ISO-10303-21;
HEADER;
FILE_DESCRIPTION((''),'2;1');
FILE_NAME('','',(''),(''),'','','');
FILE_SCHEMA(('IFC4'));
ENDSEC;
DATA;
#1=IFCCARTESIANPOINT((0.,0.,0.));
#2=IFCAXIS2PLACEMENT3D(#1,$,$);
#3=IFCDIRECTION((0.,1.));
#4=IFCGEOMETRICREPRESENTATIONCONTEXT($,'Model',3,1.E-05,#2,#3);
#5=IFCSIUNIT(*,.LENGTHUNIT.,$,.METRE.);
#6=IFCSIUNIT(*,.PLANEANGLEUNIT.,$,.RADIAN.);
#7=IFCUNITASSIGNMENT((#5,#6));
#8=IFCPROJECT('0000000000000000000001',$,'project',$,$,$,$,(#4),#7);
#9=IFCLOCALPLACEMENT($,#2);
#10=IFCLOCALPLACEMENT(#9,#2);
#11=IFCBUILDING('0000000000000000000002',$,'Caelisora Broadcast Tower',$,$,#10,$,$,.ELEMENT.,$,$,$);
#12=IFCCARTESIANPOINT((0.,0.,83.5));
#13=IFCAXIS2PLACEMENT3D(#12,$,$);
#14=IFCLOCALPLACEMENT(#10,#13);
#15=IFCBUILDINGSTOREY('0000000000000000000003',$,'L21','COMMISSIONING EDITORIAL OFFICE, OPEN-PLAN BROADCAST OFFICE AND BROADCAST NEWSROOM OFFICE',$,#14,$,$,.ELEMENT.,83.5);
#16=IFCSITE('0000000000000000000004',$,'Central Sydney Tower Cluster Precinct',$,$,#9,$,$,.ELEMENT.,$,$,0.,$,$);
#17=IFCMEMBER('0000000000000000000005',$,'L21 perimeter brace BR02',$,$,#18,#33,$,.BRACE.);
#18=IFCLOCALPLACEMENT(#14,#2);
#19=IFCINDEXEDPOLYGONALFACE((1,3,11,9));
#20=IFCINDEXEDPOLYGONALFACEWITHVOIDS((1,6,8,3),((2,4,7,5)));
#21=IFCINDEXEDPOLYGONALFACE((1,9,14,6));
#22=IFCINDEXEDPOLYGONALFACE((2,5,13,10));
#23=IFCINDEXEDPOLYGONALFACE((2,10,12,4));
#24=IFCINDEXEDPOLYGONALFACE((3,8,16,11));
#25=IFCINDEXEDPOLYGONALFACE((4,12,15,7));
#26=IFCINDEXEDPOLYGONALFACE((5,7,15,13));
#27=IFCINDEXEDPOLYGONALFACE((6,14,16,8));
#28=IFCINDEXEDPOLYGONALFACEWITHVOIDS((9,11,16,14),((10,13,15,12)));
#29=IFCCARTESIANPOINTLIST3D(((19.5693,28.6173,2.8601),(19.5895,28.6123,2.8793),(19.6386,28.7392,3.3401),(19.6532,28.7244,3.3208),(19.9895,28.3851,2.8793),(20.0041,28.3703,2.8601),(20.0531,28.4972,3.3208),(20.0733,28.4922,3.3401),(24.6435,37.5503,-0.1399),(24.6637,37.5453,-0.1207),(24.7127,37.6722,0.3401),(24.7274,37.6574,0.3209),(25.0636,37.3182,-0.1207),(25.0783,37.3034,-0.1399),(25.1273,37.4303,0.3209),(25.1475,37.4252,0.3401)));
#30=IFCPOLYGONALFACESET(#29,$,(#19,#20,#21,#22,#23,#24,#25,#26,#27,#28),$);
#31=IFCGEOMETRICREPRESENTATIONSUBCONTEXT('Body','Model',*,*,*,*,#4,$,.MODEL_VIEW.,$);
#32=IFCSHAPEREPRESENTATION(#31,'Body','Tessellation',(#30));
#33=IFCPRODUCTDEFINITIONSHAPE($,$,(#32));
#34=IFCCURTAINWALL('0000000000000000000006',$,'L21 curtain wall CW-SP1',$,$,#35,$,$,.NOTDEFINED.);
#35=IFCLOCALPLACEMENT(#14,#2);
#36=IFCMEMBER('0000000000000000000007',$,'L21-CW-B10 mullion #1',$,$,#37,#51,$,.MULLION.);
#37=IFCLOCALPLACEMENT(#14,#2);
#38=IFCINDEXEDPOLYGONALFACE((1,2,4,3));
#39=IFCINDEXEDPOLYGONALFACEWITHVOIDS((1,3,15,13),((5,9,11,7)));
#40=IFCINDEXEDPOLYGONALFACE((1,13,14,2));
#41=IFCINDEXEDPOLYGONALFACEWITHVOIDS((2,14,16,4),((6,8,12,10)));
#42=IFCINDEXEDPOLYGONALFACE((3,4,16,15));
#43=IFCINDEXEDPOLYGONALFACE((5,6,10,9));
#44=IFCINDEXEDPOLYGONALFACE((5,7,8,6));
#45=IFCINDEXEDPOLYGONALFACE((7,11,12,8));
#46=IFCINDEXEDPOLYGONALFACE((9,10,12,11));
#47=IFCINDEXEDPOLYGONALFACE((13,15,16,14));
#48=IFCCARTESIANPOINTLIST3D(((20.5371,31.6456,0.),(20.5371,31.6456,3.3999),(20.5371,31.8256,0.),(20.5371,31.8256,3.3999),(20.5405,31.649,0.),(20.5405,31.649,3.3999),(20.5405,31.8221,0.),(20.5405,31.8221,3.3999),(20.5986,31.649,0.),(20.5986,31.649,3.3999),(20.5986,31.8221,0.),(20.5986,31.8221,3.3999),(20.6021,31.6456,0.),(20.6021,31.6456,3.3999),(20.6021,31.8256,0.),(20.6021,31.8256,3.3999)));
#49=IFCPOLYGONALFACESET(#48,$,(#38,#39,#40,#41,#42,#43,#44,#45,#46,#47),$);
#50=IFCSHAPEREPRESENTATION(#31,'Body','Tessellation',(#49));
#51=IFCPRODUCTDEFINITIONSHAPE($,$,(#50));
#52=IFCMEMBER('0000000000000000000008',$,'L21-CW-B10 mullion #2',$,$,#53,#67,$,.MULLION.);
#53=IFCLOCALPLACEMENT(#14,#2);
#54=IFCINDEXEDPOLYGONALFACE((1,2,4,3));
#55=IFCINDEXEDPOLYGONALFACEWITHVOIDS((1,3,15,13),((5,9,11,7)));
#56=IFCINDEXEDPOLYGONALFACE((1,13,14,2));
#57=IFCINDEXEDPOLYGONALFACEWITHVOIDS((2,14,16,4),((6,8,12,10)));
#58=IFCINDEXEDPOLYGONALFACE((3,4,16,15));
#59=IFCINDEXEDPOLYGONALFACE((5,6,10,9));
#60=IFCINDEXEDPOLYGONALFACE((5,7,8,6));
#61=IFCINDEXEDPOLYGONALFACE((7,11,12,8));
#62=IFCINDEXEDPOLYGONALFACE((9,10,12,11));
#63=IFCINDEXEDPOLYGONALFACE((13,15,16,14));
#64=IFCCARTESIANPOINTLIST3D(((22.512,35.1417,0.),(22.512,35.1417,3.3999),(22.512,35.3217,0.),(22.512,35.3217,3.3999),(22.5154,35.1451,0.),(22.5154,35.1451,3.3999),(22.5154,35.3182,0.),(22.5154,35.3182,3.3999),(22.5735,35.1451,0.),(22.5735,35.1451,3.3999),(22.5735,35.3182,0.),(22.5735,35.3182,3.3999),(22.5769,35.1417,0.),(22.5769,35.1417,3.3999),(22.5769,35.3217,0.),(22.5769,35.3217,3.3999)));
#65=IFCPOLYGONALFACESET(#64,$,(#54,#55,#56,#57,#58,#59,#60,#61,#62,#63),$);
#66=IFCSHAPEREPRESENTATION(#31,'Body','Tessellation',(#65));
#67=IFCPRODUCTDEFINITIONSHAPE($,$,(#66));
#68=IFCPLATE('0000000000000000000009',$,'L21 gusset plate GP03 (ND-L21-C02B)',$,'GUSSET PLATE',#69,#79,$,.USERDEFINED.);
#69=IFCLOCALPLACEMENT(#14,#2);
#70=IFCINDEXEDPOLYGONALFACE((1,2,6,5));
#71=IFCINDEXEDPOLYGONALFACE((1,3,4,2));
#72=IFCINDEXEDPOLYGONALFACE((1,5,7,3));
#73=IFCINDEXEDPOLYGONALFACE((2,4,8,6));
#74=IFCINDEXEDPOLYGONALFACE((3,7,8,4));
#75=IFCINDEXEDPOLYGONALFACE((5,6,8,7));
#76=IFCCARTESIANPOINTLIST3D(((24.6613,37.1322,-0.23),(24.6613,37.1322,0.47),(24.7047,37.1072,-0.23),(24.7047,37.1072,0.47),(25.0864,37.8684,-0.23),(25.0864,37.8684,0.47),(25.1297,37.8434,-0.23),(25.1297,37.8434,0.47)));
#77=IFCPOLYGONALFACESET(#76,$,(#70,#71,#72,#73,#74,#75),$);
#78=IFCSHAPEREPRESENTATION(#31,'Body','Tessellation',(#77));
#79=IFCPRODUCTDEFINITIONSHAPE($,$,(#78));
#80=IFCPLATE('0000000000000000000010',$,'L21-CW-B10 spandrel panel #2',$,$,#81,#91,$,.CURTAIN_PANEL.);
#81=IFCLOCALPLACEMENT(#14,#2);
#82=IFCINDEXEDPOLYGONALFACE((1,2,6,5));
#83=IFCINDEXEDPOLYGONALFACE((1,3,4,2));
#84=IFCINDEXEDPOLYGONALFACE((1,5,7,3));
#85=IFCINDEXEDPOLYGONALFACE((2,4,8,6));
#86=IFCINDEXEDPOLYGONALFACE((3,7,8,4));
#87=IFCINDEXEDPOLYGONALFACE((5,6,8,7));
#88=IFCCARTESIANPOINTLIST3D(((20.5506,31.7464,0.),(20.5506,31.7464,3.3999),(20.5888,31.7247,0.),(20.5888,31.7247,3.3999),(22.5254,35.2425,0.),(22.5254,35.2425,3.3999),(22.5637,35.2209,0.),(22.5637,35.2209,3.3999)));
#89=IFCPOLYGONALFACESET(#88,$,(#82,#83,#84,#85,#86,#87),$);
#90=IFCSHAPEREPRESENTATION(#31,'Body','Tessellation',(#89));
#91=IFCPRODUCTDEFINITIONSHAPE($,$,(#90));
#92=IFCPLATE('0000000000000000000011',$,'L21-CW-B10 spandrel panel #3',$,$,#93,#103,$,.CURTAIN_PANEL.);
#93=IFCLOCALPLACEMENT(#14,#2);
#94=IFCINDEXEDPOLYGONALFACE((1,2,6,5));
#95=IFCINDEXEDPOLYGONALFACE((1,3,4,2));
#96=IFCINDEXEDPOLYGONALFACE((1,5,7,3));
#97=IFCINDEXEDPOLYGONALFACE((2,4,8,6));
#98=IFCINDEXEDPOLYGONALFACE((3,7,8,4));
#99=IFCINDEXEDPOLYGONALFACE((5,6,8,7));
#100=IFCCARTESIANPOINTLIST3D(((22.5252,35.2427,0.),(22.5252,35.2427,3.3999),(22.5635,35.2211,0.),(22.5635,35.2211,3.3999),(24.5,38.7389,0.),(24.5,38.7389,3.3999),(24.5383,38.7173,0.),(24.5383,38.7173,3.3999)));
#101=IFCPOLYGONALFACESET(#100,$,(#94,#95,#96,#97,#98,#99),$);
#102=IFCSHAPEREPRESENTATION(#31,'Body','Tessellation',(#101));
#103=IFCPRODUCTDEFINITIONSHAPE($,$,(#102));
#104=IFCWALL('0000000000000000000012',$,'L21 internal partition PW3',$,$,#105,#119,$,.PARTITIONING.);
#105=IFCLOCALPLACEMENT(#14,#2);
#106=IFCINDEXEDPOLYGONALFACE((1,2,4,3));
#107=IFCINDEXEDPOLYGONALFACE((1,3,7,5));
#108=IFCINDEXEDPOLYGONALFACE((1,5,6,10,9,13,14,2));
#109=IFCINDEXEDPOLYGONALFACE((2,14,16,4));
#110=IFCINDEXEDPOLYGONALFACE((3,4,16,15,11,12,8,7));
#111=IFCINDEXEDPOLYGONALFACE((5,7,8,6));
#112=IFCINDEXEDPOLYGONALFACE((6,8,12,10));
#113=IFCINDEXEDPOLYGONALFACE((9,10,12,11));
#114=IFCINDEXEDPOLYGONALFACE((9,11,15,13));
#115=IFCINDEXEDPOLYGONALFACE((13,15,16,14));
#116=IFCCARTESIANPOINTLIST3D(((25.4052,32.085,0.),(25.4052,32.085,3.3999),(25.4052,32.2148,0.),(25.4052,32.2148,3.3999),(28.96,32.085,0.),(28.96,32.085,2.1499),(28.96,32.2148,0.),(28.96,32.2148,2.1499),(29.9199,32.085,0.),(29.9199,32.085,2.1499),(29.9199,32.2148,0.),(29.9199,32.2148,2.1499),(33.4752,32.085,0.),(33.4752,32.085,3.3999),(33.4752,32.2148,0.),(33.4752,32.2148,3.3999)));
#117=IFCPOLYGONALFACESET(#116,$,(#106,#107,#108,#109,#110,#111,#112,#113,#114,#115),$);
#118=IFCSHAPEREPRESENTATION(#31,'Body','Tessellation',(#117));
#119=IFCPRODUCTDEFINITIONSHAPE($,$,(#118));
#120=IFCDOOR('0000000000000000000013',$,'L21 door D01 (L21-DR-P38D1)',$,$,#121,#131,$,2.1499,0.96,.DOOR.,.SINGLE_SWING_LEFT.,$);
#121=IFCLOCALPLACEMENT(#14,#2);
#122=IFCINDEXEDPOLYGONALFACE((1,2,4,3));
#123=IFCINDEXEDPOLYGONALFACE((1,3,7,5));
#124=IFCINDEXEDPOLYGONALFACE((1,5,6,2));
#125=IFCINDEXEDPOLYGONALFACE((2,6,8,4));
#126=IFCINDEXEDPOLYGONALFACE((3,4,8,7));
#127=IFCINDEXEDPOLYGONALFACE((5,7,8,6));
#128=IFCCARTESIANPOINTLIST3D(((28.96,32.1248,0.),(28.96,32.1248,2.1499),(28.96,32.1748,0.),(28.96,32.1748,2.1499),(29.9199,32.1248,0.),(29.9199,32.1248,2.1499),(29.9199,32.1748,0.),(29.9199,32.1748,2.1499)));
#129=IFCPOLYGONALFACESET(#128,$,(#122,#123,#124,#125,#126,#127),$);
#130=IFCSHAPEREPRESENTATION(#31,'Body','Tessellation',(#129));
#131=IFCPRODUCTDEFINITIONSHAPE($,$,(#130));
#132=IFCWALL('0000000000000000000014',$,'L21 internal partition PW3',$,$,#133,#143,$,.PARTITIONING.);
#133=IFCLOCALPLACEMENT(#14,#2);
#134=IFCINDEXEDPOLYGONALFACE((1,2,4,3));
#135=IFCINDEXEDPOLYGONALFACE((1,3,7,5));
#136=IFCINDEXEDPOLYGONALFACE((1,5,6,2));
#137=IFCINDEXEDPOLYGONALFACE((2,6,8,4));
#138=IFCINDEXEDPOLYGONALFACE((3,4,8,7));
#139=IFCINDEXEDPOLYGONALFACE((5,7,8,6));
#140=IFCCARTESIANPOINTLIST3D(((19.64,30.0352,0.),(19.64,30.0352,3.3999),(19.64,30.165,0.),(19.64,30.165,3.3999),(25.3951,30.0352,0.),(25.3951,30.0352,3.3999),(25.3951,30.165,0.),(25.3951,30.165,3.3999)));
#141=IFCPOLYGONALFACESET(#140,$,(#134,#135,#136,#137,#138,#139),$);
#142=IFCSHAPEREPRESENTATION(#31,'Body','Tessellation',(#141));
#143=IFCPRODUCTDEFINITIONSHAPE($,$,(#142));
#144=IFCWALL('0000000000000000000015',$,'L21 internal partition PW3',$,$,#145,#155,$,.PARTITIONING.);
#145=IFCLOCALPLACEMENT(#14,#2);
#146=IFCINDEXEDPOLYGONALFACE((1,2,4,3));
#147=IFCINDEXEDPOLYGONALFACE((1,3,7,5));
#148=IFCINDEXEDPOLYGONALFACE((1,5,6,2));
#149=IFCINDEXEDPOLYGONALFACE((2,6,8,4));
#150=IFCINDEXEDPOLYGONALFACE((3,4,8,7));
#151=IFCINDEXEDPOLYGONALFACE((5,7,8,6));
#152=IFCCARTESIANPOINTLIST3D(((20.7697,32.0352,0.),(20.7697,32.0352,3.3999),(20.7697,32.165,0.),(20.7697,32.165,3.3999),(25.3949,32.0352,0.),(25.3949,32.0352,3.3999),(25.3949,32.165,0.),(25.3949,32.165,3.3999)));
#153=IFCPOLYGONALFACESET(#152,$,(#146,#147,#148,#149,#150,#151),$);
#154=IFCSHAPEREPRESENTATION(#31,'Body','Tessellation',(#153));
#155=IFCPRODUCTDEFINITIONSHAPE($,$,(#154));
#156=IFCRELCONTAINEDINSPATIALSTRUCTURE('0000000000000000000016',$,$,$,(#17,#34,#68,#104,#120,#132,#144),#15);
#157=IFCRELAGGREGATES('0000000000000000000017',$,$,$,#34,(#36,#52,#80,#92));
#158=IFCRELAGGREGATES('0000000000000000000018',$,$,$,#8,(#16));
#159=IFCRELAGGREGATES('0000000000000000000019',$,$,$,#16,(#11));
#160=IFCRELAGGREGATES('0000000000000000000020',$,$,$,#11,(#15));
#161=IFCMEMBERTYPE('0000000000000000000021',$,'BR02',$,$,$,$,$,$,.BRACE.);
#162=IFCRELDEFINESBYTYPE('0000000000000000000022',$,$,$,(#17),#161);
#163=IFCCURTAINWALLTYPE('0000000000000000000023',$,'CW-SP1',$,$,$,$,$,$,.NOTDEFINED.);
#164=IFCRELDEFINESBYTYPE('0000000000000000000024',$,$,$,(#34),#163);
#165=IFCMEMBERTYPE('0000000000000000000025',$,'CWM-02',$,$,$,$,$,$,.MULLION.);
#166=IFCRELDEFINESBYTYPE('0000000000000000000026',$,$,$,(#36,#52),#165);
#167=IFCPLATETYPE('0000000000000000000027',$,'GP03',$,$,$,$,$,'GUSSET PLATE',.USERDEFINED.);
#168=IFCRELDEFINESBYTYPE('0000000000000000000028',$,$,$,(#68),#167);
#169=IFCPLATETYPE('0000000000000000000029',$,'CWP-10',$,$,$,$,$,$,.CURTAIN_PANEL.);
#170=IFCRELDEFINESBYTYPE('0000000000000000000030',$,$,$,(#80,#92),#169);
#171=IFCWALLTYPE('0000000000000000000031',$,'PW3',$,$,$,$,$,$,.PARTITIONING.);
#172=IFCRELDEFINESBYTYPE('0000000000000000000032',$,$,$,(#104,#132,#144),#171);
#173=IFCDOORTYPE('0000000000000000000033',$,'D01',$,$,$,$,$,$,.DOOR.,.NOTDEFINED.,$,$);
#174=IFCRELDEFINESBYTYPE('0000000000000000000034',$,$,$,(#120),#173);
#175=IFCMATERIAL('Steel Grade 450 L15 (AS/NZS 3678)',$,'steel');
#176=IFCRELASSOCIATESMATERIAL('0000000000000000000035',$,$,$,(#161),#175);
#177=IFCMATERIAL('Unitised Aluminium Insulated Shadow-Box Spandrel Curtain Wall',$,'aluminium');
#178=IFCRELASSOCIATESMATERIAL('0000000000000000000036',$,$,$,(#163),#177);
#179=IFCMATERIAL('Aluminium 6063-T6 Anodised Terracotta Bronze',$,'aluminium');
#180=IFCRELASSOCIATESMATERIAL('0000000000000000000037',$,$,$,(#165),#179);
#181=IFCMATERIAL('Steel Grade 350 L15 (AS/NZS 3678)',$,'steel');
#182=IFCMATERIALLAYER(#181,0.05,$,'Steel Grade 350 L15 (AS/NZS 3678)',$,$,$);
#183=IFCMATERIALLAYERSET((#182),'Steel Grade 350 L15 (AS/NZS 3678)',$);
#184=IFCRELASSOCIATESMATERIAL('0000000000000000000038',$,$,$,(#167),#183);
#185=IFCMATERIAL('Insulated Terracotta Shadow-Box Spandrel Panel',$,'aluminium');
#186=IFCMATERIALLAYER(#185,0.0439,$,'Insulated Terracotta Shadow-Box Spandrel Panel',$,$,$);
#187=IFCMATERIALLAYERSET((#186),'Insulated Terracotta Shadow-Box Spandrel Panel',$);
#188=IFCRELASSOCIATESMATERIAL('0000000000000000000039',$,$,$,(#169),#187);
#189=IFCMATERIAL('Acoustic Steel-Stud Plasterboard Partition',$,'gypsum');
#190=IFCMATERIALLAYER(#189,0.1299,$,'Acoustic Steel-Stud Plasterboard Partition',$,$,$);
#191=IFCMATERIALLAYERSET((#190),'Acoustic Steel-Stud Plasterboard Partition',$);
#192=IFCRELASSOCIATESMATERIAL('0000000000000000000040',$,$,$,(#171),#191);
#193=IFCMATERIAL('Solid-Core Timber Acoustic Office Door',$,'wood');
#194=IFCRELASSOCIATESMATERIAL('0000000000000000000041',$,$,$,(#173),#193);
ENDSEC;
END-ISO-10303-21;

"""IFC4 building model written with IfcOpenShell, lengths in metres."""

from ifc_helpers import new_model, si_unit, direction, frame, frame_2d, origin, origin_2d, place, context, subcontext, project, spatial, rectangle, hollow_rectangle, extrude, source, transform, mapped, material, layer, layer_set, material_profile, profile_set, type_object, type_shapes, element, fill, aggregate, save


model = new_model("IFC4")

# Units and contexts
model_context = context("Model", 3, precision=1e-05, world=origin(), true_north=direction((0.0, 1.0)))
body_context = subcontext(model_context, "Body", "Model", "MODEL_VIEW")
ifc_project = project(units=[si_unit("LENGTHUNIT", "METRE"), si_unit("PLANEANGLEUNIT", "RADIAN")], contexts=[model_context])

# Site, building, storey
site_placement = place(None, origin())
site = spatial("IfcSite", under=ifc_project, at=site_placement, Name="Central Sydney Tower Cluster Precinct", CompositionType="ELEMENT", RefElevation=0.0)
building_placement = place(site_placement, origin())
building = spatial("IfcBuilding", under=site, at=building_placement, Name="Caelisora Broadcast Tower", CompositionType="ELEMENT")
storey_placement = place(building_placement, frame((0.0, 0.0, 83.5)))
storey = spatial("IfcBuildingStorey", under=building, at=storey_placement, Name="L21", Description="COMMISSIONING EDITORIAL OFFICE, OPEN-PLAN BROADCAST OFFICE AND BROADCAST NEWSROOM OFFICE", CompositionType="ELEMENT", Elevation=83.5)

# Shared definitions
ifc_material_1 = material(Name="Steel Grade 350 L15 (AS/NZS 3678)", Category="steel")

# Member
ifc_material_2 = material(Name="Steel Grade 450 L15 (AS/NZS 3678)", Category="steel")
ifc_material_profile_1 = material_profile(ifc_material_2, hollow_rectangle(XDim=0.5, YDim=0.5, WallThickness=0.02, at=origin_2d()), Name="Steel Grade 450 L15 (AS/NZS 3678)")
ifc_profile_set_1 = profile_set([ifc_material_profile_1], Name="Steel Grade 450 L15 (AS/NZS 3678)")
member_type_1 = type_object("IfcMemberType", Name="BR02", PredefinedType="BRACE", material=ifc_profile_set_1)
shared_shape_1 = source(origin(), body_context, "Body", "SweptSolid", [
    extrude(hollow_rectangle(XDim=0.5, YDim=0.5, WallThickness=0.02, at=origin_2d()), origin(), (0.0, 0.0, 1.0), 10.7026),
])
type_shapes(member_type_1, [shared_shape_1])
member_1_placement = place(storey_placement, frame((24.8955, 37.4878, 0.1001), z_axis=(-0.474106, -0.834658, 0.280303), x_axis=(0.869515, -0.493906, 0.0)))
element("IfcMember", 1, at=member_1_placement, inside=storey, type_object=member_type_1, Name="L21 perimeter brace BR02", PredefinedType="BRACE", context=body_context, shape_type="MappedRepresentation", body=[
    mapped(shared_shape_1, transform((0.0, 0.0, 0.0), scale=1.0)),
])

# Curtain wall, members
ifc_material_3 = material(Name="Unitised Aluminium Insulated Shadow-Box Spandrel Curtain Wall", Category="aluminium")
curtain_wall_type = type_object("IfcCurtainWallType", Name="CW-SP1", PredefinedType="NOTDEFINED", material=ifc_material_3)
curtain_wall_placement = place(storey_placement, origin())
curtain_wall = element("IfcCurtainWall", 2, at=curtain_wall_placement, inside=storey, type_object=curtain_wall_type, Name="L21 curtain wall CW-SP1", PredefinedType="NOTDEFINED")
ifc_material_4 = material(Name="Aluminium 6063-T6 Anodised Terracotta Bronze", Category="aluminium")
ifc_material_profile_2 = material_profile(ifc_material_4, hollow_rectangle(XDim=0.0649, YDim=0.1799, WallThickness=0.0034, at=origin_2d()), Name="Aluminium 6063-T6 Anodised Terracotta Bronze")
ifc_profile_set_2 = profile_set([ifc_material_profile_2], Name="Aluminium 6063-T6 Anodised Terracotta Bronze")
member_type_2 = type_object("IfcMemberType", Name="CWM-02", PredefinedType="MULLION", material=ifc_profile_set_2)
shared_shape_2 = source(origin(), body_context, "Body", "SweptSolid", [
    extrude(hollow_rectangle(XDim=0.0649, YDim=0.1799, WallThickness=0.0034, at=origin_2d()), origin(), (0.0, 0.0, 1.0), 3.3999),
])
type_shapes(member_type_2, [shared_shape_2])
member_2_placement = place(storey_placement, frame((20.5696, 31.7356, 0.0), z_axis=(0.0, 0.0, 1.0), x_axis=(1.0, 0.0, 0.0)))
member_2 = element("IfcMember", 3, at=member_2_placement, type_object=member_type_2, Name="L21-CW-B10 mullion #1", PredefinedType="MULLION", context=body_context, shape_type="MappedRepresentation", body=[
    mapped(shared_shape_2, transform((0.0, 0.0, 0.0), scale=1.0)),
])
member_3_placement = place(storey_placement, frame((22.5444, 35.2317, 0.0), z_axis=(0.0, 0.0, 1.0), x_axis=(1.0, 0.0, 0.0)))
member_3 = element("IfcMember", 4, at=member_3_placement, type_object=member_type_2, Name="L21-CW-B10 mullion #2", PredefinedType="MULLION", context=body_context, shape_type="MappedRepresentation", body=[
    mapped(shared_shape_2, transform((0.0, 0.0, 0.0), scale=1.0)),
])

# Plates
ifc_layer_1 = layer(ifc_material_1, 0.05, Name="Steel Grade 350 L15 (AS/NZS 3678)")
ifc_layer_set_1 = layer_set([ifc_layer_1], Name="Steel Grade 350 L15 (AS/NZS 3678)")
plate_type_1 = type_object("IfcPlateType", Name="GP03", ElementType="GUSSET PLATE", PredefinedType="USERDEFINED", material=ifc_layer_set_1)
shared_shape_3 = source(origin(), body_context, "Body", "SweptSolid", [
    extrude(rectangle(XDim=0.8501, YDim=0.05, at=origin_2d()), origin(), (0.0, 0.0, 1.0), 0.7),
])
type_shapes(plate_type_1, [shared_shape_3])
plate_1_placement = place(storey_placement, frame((24.8955, 37.4878, -0.23), z_axis=(0.0, 0.0, 1.0), x_axis=(-0.5, -0.866025, 0.0)))
element("IfcPlate", 5, at=plate_1_placement, inside=storey, type_object=plate_type_1, Name="L21 gusset plate GP03 (ND-L21-C02B)", ObjectType="GUSSET PLATE", PredefinedType="USERDEFINED", context=body_context, shape_type="MappedRepresentation", body=[
    mapped(shared_shape_3, transform((0.0, 0.0, 0.0), scale=1.0)),
])
ifc_material_5 = material(Name="Insulated Terracotta Shadow-Box Spandrel Panel", Category="aluminium")
ifc_layer_2 = layer(ifc_material_5, 0.0439, Name="Insulated Terracotta Shadow-Box Spandrel Panel")
ifc_layer_set_2 = layer_set([ifc_layer_2], Name="Insulated Terracotta Shadow-Box Spandrel Panel")
plate_type_2 = type_object("IfcPlateType", Name="CWP-10", PredefinedType="CURTAIN_PANEL", material=ifc_layer_set_2)
shared_shape_4 = source(origin(), body_context, "Body", "SweptSolid", [
    extrude(rectangle(XDim=4.0154, YDim=0.0439, at=origin_2d()), origin(), (0.0, 0.0, 1.0), 3.3999),
])
type_shapes(plate_type_2, [shared_shape_4])
plate_2_placement = place(storey_placement, frame((21.5571, 33.4836, 0.0), z_axis=(0.0, 0.0, 1.0), x_axis=(0.491816, 0.870699, 0.0)))
plate_2 = element("IfcPlate", 6, at=plate_2_placement, type_object=plate_type_2, Name="L21-CW-B10 spandrel panel #2", PredefinedType="CURTAIN_PANEL", context=body_context, shape_type="MappedRepresentation", body=[
    mapped(shared_shape_4, transform((0.0, 0.0, 0.0), scale=1.0)),
])
plate_3_placement = place(storey_placement, frame((23.5317, 36.98, 0.0), z_axis=(0.0, 0.0, 1.0), x_axis=(0.491816, 0.870699, 0.0)))
plate_3 = element("IfcPlate", 7, at=plate_3_placement, type_object=plate_type_2, Name="L21-CW-B10 spandrel panel #3", PredefinedType="CURTAIN_PANEL", context=body_context, shape_type="MappedRepresentation", body=[
    mapped(shared_shape_4, transform((0.0, 0.0, 0.0), scale=1.0)),
])
aggregate(curtain_wall, [member_2, member_3, plate_2, plate_3])

# Wall, opening, door
ifc_material_6 = material(Name="Acoustic Steel-Stud Plasterboard Partition", Category="gypsum")
ifc_layer_3 = layer(ifc_material_6, 0.1299, Name="Acoustic Steel-Stud Plasterboard Partition")
ifc_layer_set_3 = layer_set([ifc_layer_3], Name="Acoustic Steel-Stud Plasterboard Partition")
wall_type = type_object("IfcWallType", Name="PW3", PredefinedType="PARTITIONING", material=ifc_layer_set_3)
wall_1_placement = place(storey_placement, frame((25.405, 32.1499, 0.0), z_axis=(0.0, 0.0, 1.0), x_axis=(1.0, 0.0, 0.0)))
wall_1 = element("IfcWall", 8, at=wall_1_placement, inside=storey, type_object=wall_type, Name="L21 internal partition PW3", PredefinedType="PARTITIONING", context=body_context, shape_type="SweptSolid", body=[
    extrude(rectangle(XDim=8.0701, YDim=0.1299, at=frame_2d((4.0352, 0.0))), origin(), (0.0, 0.0, 1.0), 3.3999),
])
opening_1_placement = place(wall_1_placement, frame((3.5549, 0.0, 0.0)))
opening_1 = element("IfcOpeningElement", 9, at=opening_1_placement, cuts=wall_1, PredefinedType="OPENING", context=body_context, shape_type="SweptSolid", body=[
    extrude(rectangle(XDim=0.96, YDim=2.1499, at=frame_2d((0.48, 1.075))), frame((0.0, 0.0769, 0.0), z_axis=(0.0, -1.0, 0.0), x_axis=(1.0, 0.0, 0.0)), (0.0, 0.0, 1.0), 0.1538),
])
ifc_material_7 = material(Name="Solid-Core Timber Acoustic Office Door", Category="wood")
door_type = type_object("IfcDoorType", Name="D01", OperationType="NOTDEFINED", PredefinedType="DOOR", material=ifc_material_7)
door_1_placement = place(opening_1_placement, origin())
door_1 = element("IfcDoor", 10, at=door_1_placement, inside=storey, type_object=door_type, Name="L21 door D01 (L21-DR-P38D1)", OperationType="SINGLE_SWING_LEFT", OverallHeight=2.1499, OverallWidth=0.96, PredefinedType="DOOR", context=body_context, shape_type="SweptSolid", body=[
    extrude(rectangle(XDim=0.96, YDim=2.1499, at=frame_2d((0.48, 1.075))), frame((0.0, 0.0249, 0.0), z_axis=(0.0, -1.0, 0.0), x_axis=(1.0, 0.0, 0.0)), (0.0, 0.0, 1.0), 0.05),
])
fill(opening_1, door_1)

# Walls
wall_2_placement = place(storey_placement, frame((25.395, 30.1001, 0.0), z_axis=(0.0, 0.0, 1.0), x_axis=(-1.0, 0.0, 0.0)))
element("IfcWall", 11, at=wall_2_placement, inside=storey, type_object=wall_type, Name="L21 internal partition PW3", PredefinedType="PARTITIONING", context=body_context, shape_type="SweptSolid", body=[
    extrude(rectangle(XDim=5.7551, YDim=0.1299, at=frame_2d((2.8774, 0.0))), origin(), (0.0, 0.0, 1.0), 3.3999),
])
wall_3_placement = place(storey_placement, frame((20.7698, 32.1001, 0.0), z_axis=(0.0, 0.0, 1.0), x_axis=(1.0, 0.0, 0.0)))
element("IfcWall", 12, at=wall_3_placement, inside=storey, type_object=wall_type, Name="L21 internal partition PW3", PredefinedType="PARTITIONING", context=body_context, shape_type="SweptSolid", body=[
    extrude(rectangle(XDim=4.6252, YDim=0.1299, at=frame_2d((2.3125, 0.0))), origin(), (0.0, 0.0, 1.0), 3.3999),
])

save(model, "model.ifc")
